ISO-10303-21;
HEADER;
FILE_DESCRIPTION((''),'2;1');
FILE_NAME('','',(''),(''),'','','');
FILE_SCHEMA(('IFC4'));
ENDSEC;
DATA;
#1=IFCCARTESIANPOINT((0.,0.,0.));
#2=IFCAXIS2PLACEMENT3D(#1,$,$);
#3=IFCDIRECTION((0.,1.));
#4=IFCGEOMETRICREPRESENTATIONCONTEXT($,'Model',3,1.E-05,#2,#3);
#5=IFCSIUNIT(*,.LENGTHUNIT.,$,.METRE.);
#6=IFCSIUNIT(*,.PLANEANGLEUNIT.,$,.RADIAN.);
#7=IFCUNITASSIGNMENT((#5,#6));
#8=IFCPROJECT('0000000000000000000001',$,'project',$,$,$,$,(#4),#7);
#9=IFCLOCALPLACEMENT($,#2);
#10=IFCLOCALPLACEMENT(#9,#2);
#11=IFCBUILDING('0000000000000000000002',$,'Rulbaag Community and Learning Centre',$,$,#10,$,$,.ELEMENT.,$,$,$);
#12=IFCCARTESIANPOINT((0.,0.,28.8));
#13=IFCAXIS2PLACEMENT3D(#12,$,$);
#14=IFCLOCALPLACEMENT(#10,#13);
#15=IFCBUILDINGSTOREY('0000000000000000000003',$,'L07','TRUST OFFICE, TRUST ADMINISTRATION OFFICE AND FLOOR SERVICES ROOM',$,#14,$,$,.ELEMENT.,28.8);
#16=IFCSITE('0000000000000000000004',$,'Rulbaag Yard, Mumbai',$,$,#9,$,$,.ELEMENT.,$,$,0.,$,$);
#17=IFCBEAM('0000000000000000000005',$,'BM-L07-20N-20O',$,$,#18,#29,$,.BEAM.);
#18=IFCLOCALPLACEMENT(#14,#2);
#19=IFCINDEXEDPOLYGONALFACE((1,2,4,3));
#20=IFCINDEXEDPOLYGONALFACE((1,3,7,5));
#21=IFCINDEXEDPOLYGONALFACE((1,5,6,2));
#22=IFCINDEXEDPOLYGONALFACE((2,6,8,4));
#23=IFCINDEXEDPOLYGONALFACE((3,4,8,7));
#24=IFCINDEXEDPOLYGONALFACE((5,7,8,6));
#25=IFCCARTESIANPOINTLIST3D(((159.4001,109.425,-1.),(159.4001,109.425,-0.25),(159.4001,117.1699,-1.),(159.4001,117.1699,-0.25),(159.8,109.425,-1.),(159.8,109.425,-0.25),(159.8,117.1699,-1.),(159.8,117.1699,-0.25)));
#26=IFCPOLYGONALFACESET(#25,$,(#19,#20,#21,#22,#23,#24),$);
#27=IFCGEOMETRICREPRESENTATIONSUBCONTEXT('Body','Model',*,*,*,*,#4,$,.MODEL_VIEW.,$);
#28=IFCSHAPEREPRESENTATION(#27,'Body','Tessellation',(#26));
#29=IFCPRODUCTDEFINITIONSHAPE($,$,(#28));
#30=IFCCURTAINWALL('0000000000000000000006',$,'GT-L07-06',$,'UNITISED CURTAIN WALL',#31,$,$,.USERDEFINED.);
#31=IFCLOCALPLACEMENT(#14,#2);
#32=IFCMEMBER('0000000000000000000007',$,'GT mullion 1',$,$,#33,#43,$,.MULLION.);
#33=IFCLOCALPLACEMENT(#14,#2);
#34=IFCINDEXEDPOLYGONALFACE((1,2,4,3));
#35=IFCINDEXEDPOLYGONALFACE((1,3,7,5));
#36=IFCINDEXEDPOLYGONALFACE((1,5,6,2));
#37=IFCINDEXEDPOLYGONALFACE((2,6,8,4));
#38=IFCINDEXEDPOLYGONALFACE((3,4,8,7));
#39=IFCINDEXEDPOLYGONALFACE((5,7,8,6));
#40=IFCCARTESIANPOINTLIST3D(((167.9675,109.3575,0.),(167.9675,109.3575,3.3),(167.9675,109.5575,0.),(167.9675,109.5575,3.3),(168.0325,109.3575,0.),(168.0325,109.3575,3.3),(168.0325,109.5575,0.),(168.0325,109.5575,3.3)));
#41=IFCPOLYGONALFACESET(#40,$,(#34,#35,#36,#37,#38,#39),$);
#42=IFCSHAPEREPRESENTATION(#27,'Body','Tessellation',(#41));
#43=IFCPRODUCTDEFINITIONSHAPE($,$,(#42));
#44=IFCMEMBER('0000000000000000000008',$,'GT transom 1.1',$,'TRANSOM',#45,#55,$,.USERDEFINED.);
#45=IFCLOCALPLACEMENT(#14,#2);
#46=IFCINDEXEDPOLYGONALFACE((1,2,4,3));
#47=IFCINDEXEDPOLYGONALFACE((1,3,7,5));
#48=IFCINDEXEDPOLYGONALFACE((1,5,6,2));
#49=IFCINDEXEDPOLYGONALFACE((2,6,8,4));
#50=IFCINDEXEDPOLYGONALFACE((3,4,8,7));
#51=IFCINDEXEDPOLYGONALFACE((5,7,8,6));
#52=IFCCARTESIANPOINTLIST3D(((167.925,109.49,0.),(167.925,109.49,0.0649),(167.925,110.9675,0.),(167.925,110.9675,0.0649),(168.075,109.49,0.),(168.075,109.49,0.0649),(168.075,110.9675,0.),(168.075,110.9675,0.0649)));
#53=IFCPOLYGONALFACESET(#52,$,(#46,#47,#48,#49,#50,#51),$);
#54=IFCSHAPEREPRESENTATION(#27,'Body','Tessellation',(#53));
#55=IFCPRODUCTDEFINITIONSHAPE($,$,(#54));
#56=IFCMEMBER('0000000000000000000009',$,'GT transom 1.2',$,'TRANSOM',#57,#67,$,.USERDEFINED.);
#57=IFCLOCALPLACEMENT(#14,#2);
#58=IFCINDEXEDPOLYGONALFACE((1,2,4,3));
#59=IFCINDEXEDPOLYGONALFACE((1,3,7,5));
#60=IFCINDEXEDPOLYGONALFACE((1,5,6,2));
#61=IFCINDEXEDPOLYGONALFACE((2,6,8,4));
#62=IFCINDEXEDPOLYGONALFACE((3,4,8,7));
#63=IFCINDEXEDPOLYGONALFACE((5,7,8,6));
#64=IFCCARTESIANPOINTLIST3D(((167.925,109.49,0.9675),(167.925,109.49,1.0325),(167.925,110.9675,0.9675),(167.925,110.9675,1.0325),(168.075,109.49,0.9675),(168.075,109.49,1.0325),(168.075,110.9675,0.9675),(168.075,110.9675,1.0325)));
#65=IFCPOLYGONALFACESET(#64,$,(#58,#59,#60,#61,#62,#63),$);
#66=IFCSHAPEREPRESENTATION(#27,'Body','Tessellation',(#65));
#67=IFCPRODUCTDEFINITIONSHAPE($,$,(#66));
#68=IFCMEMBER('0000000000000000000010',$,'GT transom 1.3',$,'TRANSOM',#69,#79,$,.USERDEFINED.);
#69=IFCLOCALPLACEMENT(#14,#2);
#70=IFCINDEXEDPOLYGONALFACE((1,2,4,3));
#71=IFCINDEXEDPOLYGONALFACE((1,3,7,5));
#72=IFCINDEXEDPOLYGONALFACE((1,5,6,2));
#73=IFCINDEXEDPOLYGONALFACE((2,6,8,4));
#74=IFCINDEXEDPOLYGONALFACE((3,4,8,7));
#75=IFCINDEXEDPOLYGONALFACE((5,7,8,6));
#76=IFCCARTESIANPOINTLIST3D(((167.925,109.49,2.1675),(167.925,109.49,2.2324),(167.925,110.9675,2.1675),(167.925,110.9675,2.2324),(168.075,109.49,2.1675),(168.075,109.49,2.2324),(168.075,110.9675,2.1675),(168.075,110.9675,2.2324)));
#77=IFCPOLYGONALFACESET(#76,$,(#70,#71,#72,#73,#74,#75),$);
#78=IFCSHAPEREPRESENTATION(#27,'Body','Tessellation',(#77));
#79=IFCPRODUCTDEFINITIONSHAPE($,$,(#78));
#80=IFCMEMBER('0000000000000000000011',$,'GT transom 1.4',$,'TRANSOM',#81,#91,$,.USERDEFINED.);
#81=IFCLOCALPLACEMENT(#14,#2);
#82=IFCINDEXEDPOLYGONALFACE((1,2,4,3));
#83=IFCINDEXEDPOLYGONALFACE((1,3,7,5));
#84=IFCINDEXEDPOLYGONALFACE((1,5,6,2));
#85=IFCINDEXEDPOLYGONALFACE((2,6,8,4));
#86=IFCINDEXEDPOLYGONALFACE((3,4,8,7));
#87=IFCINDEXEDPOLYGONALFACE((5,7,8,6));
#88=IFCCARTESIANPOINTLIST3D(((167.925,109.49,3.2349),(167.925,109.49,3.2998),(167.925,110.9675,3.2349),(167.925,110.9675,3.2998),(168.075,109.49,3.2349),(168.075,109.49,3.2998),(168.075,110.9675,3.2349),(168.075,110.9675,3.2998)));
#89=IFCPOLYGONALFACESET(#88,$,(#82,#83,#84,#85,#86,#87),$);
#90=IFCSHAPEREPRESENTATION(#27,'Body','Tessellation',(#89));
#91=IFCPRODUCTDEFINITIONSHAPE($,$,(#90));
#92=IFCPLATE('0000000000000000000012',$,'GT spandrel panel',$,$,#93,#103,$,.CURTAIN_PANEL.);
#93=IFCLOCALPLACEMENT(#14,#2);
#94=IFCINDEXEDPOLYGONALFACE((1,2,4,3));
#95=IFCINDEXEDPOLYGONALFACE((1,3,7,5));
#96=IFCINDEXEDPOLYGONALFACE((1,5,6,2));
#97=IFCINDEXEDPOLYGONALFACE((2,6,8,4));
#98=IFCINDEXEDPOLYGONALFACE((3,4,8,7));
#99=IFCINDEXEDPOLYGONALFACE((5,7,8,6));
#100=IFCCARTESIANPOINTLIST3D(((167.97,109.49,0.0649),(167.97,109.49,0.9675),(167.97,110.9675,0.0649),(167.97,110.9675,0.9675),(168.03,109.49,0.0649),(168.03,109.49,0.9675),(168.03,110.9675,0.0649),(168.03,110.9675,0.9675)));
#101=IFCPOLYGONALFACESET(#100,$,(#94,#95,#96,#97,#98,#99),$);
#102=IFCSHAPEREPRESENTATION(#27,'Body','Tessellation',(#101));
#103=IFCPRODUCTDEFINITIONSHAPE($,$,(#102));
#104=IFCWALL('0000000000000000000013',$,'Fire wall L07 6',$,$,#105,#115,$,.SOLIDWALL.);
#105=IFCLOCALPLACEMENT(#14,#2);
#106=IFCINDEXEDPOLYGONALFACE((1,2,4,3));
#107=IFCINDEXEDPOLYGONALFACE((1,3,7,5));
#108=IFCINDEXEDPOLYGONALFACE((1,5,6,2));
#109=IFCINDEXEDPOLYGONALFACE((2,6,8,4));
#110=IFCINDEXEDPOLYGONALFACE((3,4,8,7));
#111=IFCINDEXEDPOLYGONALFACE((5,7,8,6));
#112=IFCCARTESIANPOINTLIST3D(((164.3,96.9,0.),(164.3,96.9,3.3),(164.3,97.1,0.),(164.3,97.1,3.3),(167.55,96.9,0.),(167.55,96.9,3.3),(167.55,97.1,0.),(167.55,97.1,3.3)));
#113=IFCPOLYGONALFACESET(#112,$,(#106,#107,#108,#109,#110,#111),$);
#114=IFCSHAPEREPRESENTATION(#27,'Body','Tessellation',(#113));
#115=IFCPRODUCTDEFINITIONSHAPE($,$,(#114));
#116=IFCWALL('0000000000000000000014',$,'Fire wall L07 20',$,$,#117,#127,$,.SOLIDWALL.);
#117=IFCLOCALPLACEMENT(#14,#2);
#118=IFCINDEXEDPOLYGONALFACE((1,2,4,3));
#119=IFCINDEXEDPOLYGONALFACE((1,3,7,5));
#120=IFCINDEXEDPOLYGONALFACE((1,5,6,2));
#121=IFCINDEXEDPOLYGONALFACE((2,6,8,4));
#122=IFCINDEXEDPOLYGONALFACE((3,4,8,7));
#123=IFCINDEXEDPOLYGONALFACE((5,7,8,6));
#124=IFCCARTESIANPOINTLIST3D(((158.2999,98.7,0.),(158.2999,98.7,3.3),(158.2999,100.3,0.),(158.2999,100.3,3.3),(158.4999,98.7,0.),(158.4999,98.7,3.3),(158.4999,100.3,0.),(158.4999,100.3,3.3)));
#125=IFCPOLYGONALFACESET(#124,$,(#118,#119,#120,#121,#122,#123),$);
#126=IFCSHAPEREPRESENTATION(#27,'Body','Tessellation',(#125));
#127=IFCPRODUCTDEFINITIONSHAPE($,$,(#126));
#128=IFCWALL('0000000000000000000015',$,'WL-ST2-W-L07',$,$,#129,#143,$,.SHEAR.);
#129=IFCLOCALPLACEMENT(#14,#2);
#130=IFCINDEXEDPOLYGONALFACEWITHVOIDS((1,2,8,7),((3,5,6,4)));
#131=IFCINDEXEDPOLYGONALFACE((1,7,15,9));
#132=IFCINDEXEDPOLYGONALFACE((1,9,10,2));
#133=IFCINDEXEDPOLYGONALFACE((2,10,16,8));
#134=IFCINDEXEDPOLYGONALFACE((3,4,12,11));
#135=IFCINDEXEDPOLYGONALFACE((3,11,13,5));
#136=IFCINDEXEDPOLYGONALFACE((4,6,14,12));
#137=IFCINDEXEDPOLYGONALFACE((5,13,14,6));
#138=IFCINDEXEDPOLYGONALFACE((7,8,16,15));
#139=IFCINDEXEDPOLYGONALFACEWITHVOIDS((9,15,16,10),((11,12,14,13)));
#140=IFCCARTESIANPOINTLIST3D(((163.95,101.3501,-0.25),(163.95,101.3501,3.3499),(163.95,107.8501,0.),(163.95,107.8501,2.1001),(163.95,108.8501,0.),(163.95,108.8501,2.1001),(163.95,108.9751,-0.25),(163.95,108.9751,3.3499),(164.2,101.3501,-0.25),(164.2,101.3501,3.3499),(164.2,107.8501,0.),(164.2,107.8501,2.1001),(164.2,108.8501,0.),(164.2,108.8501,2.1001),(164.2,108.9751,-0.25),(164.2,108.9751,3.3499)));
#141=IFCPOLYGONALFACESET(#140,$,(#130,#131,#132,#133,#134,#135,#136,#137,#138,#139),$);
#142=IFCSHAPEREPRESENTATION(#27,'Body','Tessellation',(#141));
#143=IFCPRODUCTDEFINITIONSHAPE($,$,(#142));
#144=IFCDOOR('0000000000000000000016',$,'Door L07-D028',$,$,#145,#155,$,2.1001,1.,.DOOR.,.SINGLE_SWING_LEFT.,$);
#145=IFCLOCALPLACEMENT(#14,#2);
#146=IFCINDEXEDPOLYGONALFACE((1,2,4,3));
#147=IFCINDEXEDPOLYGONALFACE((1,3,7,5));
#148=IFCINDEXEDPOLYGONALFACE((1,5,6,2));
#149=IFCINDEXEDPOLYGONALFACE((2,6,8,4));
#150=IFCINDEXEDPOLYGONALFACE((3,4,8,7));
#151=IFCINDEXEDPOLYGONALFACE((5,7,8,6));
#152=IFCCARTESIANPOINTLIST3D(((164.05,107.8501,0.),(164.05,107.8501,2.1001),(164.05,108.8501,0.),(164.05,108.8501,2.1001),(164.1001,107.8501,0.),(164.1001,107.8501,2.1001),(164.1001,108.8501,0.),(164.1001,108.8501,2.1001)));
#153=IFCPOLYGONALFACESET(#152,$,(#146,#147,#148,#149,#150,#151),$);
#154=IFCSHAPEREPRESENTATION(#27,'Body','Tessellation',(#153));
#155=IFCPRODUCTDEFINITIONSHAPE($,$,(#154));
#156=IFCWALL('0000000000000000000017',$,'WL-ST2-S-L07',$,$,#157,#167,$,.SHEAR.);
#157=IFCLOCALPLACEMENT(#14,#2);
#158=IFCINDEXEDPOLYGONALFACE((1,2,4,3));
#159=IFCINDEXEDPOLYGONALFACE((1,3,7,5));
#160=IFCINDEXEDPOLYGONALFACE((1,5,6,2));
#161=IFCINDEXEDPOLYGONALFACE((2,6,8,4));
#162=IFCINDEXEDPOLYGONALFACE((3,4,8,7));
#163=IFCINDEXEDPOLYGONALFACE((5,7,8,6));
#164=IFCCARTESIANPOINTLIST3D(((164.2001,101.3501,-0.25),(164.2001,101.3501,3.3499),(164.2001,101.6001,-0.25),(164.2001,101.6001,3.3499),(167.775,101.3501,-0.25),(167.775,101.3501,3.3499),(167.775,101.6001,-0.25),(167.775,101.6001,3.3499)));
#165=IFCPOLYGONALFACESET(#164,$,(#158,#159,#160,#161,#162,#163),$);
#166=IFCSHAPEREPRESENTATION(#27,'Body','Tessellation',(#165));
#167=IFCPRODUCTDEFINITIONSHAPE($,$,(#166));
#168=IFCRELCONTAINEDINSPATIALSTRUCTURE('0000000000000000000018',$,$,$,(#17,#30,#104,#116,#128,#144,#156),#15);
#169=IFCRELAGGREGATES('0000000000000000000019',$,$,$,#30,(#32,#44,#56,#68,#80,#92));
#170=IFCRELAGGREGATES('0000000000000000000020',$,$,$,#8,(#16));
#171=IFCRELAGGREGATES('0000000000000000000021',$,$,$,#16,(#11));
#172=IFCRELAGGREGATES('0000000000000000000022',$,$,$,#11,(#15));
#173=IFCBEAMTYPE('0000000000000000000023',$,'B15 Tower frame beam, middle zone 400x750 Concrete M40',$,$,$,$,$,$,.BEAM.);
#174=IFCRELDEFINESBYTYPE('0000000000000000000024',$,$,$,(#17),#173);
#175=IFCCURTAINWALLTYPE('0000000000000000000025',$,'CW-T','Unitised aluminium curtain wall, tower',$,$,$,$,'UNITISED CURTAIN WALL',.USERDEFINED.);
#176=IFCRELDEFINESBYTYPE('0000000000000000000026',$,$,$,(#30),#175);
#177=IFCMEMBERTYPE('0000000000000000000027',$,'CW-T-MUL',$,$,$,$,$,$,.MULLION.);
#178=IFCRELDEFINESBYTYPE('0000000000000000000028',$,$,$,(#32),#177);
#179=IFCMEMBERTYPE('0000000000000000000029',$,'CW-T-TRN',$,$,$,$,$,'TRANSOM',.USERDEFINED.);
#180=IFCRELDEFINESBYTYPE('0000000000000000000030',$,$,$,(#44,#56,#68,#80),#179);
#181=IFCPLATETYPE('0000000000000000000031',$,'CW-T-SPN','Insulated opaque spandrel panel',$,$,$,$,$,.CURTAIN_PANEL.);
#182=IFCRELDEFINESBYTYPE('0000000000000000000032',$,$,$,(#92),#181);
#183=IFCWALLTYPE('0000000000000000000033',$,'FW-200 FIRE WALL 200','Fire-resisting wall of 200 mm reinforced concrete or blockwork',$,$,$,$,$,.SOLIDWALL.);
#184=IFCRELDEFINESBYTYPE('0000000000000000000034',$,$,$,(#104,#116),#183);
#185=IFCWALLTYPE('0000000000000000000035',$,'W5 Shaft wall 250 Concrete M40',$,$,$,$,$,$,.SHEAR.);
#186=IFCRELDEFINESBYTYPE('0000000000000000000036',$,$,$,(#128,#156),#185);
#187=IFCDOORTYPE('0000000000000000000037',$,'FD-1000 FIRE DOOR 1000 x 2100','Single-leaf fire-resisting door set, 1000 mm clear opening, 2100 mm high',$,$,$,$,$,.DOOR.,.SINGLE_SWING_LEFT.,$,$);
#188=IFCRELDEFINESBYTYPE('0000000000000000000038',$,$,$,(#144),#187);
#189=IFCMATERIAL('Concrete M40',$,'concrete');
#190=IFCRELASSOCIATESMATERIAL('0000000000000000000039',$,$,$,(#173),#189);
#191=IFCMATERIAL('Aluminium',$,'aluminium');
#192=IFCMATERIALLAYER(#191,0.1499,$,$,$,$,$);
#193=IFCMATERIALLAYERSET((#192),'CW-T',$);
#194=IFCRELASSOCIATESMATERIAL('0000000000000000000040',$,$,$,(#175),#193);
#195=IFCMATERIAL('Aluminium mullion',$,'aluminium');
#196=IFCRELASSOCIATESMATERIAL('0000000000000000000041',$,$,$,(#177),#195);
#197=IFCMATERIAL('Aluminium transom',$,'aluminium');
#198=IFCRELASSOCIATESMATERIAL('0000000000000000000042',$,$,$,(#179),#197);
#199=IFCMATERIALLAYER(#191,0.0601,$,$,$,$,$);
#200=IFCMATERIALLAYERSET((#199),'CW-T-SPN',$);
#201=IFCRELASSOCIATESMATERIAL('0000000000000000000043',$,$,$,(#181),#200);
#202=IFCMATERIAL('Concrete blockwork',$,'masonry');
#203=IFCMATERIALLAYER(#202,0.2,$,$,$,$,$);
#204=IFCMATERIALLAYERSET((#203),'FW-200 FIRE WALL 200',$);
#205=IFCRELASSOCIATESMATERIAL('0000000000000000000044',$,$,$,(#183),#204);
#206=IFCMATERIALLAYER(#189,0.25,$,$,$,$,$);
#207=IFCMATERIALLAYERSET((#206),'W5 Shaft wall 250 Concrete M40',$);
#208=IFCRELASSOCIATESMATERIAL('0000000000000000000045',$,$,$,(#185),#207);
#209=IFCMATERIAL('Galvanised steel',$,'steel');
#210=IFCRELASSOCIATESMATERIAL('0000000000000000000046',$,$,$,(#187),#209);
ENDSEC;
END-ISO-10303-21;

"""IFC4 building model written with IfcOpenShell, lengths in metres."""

from ifc_helpers import new_model, si_unit, direction, frame, frame_2d, origin, origin_2d, place, context, subcontext, project, spatial, rectangle, extrude, material, layer, layer_set, material_profile, profile_set, type_object, element, fill, aggregate, save


model = new_model("IFC4")

# Units and contexts
model_context = context("Model", 3, precision=1e-05, world=origin(), true_north=direction((0.0, 1.0)))
body_context = subcontext(model_context, "Body", "Model", "MODEL_VIEW")
ifc_project = project(units=[si_unit("LENGTHUNIT", "METRE"), si_unit("PLANEANGLEUNIT", "RADIAN")], contexts=[model_context])

# Site, building, storey
site_placement = place(None, origin())
site = spatial("IfcSite", under=ifc_project, at=site_placement, Name="Rulbaag Yard, Mumbai", CompositionType="ELEMENT", RefElevation=0.0)
building_placement = place(site_placement, origin())
building = spatial("IfcBuilding", under=site, at=building_placement, Name="Rulbaag Community and Learning Centre", CompositionType="ELEMENT")
storey_placement = place(building_placement, frame((0.0, 0.0, 28.8)))
storey = spatial("IfcBuildingStorey", under=building, at=storey_placement, Name="L07", Description="TRUST OFFICE, TRUST ADMINISTRATION OFFICE AND FLOOR SERVICES ROOM", CompositionType="ELEMENT", Elevation=28.8)

# Beam
ifc_material_1 = material(Name="Concrete M40", Category="concrete")
ifc_material_profile_1 = material_profile(ifc_material_1, rectangle(XDim=0.3999, YDim=0.75, at=origin_2d()), Name="RB400x750")
ifc_profile_set_1 = profile_set([ifc_material_profile_1], Name="Concrete M40")
beam_type = type_object("IfcBeamType", Name="B15 Tower frame beam, middle zone 400x750 Concrete M40", PredefinedType="BEAM", material=ifc_profile_set_1)
beam_placement = place(storey_placement, frame((159.6001, 109.425, -0.625), z_axis=(0.0, 1.0, 0.0), x_axis=(-1.0, 0.0, 0.0)))
element("IfcBeam", 1, at=beam_placement, inside=storey, type_object=beam_type, Name="BM-L07-20N-20O", PredefinedType="BEAM", context=body_context, shape_type="SweptSolid", body=[
    extrude(rectangle(XDim=0.3999, YDim=0.75, at=origin_2d()), origin(), (0.0, 0.0, 1.0), 7.7449),
])

# Curtain wall, members, plate
ifc_material_2 = material(Name="Aluminium", Category="aluminium")
ifc_layer_1 = layer(ifc_material_2, 0.1499)
ifc_layer_set_1 = layer_set([ifc_layer_1], Name="CW-T")
curtain_wall_type = type_object("IfcCurtainWallType", Name="CW-T", Description="Unitised aluminium curtain wall, tower", ElementType="UNITISED CURTAIN WALL", PredefinedType="USERDEFINED", material=ifc_layer_set_1)
curtain_wall_placement = place(storey_placement, origin())
curtain_wall = element("IfcCurtainWall", 2, at=curtain_wall_placement, inside=storey, type_object=curtain_wall_type, Name="GT-L07-06", ObjectType="UNITISED CURTAIN WALL", PredefinedType="USERDEFINED")
ifc_material_3 = material(Name="Aluminium mullion", Category="aluminium")
ifc_material_profile_2 = material_profile(ifc_material_3, rectangle(XDim=0.0649, YDim=0.2, at=origin_2d()), Name="AL 65x200")
ifc_profile_set_2 = profile_set([ifc_material_profile_2], Name="Aluminium mullion")
member_type_1 = type_object("IfcMemberType", Name="CW-T-MUL", PredefinedType="MULLION", material=ifc_profile_set_2)
member_1_placement = place(storey_placement, frame((168.0, 109.4575, 0.0), z_axis=(0.0, 0.0, 1.0), x_axis=(-1.0, 0.0, 0.0)))
member_1 = element("IfcMember", 3, at=member_1_placement, type_object=member_type_1, Name="GT mullion 1", PredefinedType="MULLION", context=body_context, shape_type="SweptSolid", body=[
    extrude(rectangle(XDim=0.0649, YDim=0.2, at=origin_2d()), origin(), (0.0, 0.0, 1.0), 3.3),
])
ifc_material_4 = material(Name="Aluminium transom", Category="aluminium")
ifc_material_profile_3 = material_profile(ifc_material_4, rectangle(XDim=0.1499, YDim=0.0649, at=origin_2d()), Name="AL 65x150 T")
ifc_profile_set_3 = profile_set([ifc_material_profile_3], Name="Aluminium transom")
member_type_2 = type_object("IfcMemberType", Name="CW-T-TRN", ElementType="TRANSOM", PredefinedType="USERDEFINED", material=ifc_profile_set_3)
member_2_placement = place(storey_placement, frame((168.0, 109.49, 0.0325), z_axis=(0.0, 1.0, 0.0), x_axis=(-1.0, 0.0, 0.0)))
member_2 = element("IfcMember", 4, at=member_2_placement, type_object=member_type_2, Name="GT transom 1.1", ObjectType="TRANSOM", PredefinedType="USERDEFINED", context=body_context, shape_type="SweptSolid", body=[
    extrude(rectangle(XDim=0.1499, YDim=0.0649, at=origin_2d()), origin(), (0.0, 0.0, 1.0), 1.4775),
])
member_3_placement = place(storey_placement, frame((168.0, 109.49, 1.0), z_axis=(0.0, 1.0, 0.0), x_axis=(-1.0, 0.0, 0.0)))
member_3 = element("IfcMember", 5, at=member_3_placement, type_object=member_type_2, Name="GT transom 1.2", ObjectType="TRANSOM", PredefinedType="USERDEFINED", context=body_context, shape_type="SweptSolid", body=[
    extrude(rectangle(XDim=0.1499, YDim=0.0649, at=origin_2d()), origin(), (0.0, 0.0, 1.0), 1.4775),
])
member_4_placement = place(storey_placement, frame((168.0, 109.49, 2.2), z_axis=(0.0, 1.0, 0.0), x_axis=(-1.0, 0.0, 0.0)))
member_4 = element("IfcMember", 6, at=member_4_placement, type_object=member_type_2, Name="GT transom 1.3", ObjectType="TRANSOM", PredefinedType="USERDEFINED", context=body_context, shape_type="SweptSolid", body=[
    extrude(rectangle(XDim=0.1499, YDim=0.0649, at=origin_2d()), origin(), (0.0, 0.0, 1.0), 1.4775),
])
member_5_placement = place(storey_placement, frame((168.0, 109.49, 3.2673), z_axis=(0.0, 1.0, 0.0), x_axis=(-1.0, 0.0, 0.0)))
member_5 = element("IfcMember", 7, at=member_5_placement, type_object=member_type_2, Name="GT transom 1.4", ObjectType="TRANSOM", PredefinedType="USERDEFINED", context=body_context, shape_type="SweptSolid", body=[
    extrude(rectangle(XDim=0.1499, YDim=0.0649, at=origin_2d()), origin(), (0.0, 0.0, 1.0), 1.4775),
])
ifc_layer_2 = layer(ifc_material_2, 0.0601)
ifc_layer_set_2 = layer_set([ifc_layer_2], Name="CW-T-SPN")
plate_type = type_object("IfcPlateType", Name="CW-T-SPN", Description="Insulated opaque spandrel panel", PredefinedType="CURTAIN_PANEL", material=ifc_layer_set_2)
plate_placement = place(storey_placement, frame((168.0, 110.2288, 0.0649), z_axis=(0.0, 0.0, 1.0), x_axis=(0.0, 1.0, 0.0)))
plate = element("IfcPlate", 8, at=plate_placement, type_object=plate_type, Name="GT spandrel panel", PredefinedType="CURTAIN_PANEL", context=body_context, shape_type="SweptSolid", body=[
    extrude(rectangle(XDim=1.4775, YDim=0.0601, at=origin_2d()), origin(), (0.0, 0.0, 1.0), 0.9026),
])
aggregate(curtain_wall, [member_1, member_2, member_3, member_4, member_5, plate])

# Walls
ifc_material_5 = material(Name="Concrete blockwork", Category="masonry")
ifc_layer_3 = layer(ifc_material_5, 0.2)
ifc_layer_set_3 = layer_set([ifc_layer_3], Name="FW-200 FIRE WALL 200")
wall_type_1 = type_object("IfcWallType", Name="FW-200 FIRE WALL 200", Description="Fire-resisting wall of 200 mm reinforced concrete or blockwork", PredefinedType="SOLIDWALL", material=ifc_layer_set_3)
wall_1_placement = place(storey_placement, frame((164.3, 97.0, 0.0), z_axis=(0.0, 0.0, 1.0), x_axis=(1.0, 0.0, 0.0)))
element("IfcWall", 9, at=wall_1_placement, inside=storey, type_object=wall_type_1, Name="Fire wall L07 6", PredefinedType="SOLIDWALL", context=body_context, shape_type="SweptSolid", body=[
    extrude(rectangle(XDim=3.25, YDim=0.2, at=frame_2d((1.625, 0.0))), origin(), (0.0, 0.0, 1.0), 3.3),
])
wall_2_placement = place(storey_placement, frame((158.3999, 98.7, 0.0), z_axis=(0.0, 0.0, 1.0), x_axis=(0.0, 1.0, 0.0)))
element("IfcWall", 10, at=wall_2_placement, inside=storey, type_object=wall_type_1, Name="Fire wall L07 20", PredefinedType="SOLIDWALL", context=body_context, shape_type="SweptSolid", body=[
    extrude(rectangle(XDim=1.6001, YDim=0.2, at=frame_2d((0.8, 0.0))), origin(), (0.0, 0.0, 1.0), 3.3),
])

# Wall, opening, door
ifc_layer_4 = layer(ifc_material_1, 0.25)
ifc_layer_set_4 = layer_set([ifc_layer_4], Name="W5 Shaft wall 250 Concrete M40")
wall_type_2 = type_object("IfcWallType", Name="W5 Shaft wall 250 Concrete M40", PredefinedType="SHEAR", material=ifc_layer_set_4)
wall_3_placement = place(storey_placement, frame((164.075, 101.3501, -0.25), z_axis=(0.0, 0.0, 1.0), x_axis=(0.0, 1.0, 0.0)))
wall_3 = element("IfcWall", 11, at=wall_3_placement, inside=storey, type_object=wall_type_2, Name="WL-ST2-W-L07", PredefinedType="SHEAR", context=body_context, shape_type="SweptSolid", body=[
    extrude(rectangle(XDim=7.625, YDim=0.25, at=frame_2d((3.8125, 0.0))), origin(), (0.0, 0.0, 1.0), 3.5999),
])
opening_placement = place(wall_3_placement, frame((6.5, 0.0, 0.25)))
opening = element("IfcOpeningElement", 12, at=opening_placement, cuts=wall_3, PredefinedType="OPENING", context=body_context, shape_type="SweptSolid", body=[
    extrude(rectangle(XDim=1.0, YDim=2.1001, at=frame_2d((0.5, 1.05))), frame((0.0, 0.135, 0.0), z_axis=(0.0, -1.0, 0.0), x_axis=(1.0, 0.0, 0.0)), (0.0, 0.0, 1.0), 0.27),
])
ifc_material_6 = material(Name="Galvanised steel", Category="steel")
door_type = type_object("IfcDoorType", Name="FD-1000 FIRE DOOR 1000 x 2100", Description="Single-leaf fire-resisting door set, 1000 mm clear opening, 2100 mm high", OperationType="SINGLE_SWING_LEFT", PredefinedType="DOOR", material=ifc_material_6)
door_placement = place(opening_placement, origin())
door = element("IfcDoor", 13, at=door_placement, inside=storey, type_object=door_type, Name="Door L07-D028", OperationType="SINGLE_SWING_LEFT", OverallHeight=2.1001, OverallWidth=1.0, PredefinedType="DOOR", context=body_context, shape_type="SweptSolid", body=[
    extrude(rectangle(XDim=1.0, YDim=2.1001, at=frame_2d((0.5, 1.05))), frame((0.0, 0.0249, 0.0), z_axis=(0.0, -1.0, 0.0), x_axis=(1.0, 0.0, 0.0)), (0.0, 0.0, 1.0), 0.05),
])
fill(opening, door)

# Wall
wall_4_placement = place(storey_placement, frame((164.2, 101.4751, -0.25), z_axis=(0.0, 0.0, 1.0), x_axis=(1.0, 0.0, 0.0)))
element("IfcWall", 14, at=wall_4_placement, inside=storey, type_object=wall_type_2, Name="WL-ST2-S-L07", PredefinedType="SHEAR", context=body_context, shape_type="SweptSolid", body=[
    extrude(rectangle(XDim=3.575, YDim=0.25, at=frame_2d((1.7876, 0.0))), origin(), (0.0, 0.0, 1.0), 3.5999),
])

save(model, "model.ifc")
